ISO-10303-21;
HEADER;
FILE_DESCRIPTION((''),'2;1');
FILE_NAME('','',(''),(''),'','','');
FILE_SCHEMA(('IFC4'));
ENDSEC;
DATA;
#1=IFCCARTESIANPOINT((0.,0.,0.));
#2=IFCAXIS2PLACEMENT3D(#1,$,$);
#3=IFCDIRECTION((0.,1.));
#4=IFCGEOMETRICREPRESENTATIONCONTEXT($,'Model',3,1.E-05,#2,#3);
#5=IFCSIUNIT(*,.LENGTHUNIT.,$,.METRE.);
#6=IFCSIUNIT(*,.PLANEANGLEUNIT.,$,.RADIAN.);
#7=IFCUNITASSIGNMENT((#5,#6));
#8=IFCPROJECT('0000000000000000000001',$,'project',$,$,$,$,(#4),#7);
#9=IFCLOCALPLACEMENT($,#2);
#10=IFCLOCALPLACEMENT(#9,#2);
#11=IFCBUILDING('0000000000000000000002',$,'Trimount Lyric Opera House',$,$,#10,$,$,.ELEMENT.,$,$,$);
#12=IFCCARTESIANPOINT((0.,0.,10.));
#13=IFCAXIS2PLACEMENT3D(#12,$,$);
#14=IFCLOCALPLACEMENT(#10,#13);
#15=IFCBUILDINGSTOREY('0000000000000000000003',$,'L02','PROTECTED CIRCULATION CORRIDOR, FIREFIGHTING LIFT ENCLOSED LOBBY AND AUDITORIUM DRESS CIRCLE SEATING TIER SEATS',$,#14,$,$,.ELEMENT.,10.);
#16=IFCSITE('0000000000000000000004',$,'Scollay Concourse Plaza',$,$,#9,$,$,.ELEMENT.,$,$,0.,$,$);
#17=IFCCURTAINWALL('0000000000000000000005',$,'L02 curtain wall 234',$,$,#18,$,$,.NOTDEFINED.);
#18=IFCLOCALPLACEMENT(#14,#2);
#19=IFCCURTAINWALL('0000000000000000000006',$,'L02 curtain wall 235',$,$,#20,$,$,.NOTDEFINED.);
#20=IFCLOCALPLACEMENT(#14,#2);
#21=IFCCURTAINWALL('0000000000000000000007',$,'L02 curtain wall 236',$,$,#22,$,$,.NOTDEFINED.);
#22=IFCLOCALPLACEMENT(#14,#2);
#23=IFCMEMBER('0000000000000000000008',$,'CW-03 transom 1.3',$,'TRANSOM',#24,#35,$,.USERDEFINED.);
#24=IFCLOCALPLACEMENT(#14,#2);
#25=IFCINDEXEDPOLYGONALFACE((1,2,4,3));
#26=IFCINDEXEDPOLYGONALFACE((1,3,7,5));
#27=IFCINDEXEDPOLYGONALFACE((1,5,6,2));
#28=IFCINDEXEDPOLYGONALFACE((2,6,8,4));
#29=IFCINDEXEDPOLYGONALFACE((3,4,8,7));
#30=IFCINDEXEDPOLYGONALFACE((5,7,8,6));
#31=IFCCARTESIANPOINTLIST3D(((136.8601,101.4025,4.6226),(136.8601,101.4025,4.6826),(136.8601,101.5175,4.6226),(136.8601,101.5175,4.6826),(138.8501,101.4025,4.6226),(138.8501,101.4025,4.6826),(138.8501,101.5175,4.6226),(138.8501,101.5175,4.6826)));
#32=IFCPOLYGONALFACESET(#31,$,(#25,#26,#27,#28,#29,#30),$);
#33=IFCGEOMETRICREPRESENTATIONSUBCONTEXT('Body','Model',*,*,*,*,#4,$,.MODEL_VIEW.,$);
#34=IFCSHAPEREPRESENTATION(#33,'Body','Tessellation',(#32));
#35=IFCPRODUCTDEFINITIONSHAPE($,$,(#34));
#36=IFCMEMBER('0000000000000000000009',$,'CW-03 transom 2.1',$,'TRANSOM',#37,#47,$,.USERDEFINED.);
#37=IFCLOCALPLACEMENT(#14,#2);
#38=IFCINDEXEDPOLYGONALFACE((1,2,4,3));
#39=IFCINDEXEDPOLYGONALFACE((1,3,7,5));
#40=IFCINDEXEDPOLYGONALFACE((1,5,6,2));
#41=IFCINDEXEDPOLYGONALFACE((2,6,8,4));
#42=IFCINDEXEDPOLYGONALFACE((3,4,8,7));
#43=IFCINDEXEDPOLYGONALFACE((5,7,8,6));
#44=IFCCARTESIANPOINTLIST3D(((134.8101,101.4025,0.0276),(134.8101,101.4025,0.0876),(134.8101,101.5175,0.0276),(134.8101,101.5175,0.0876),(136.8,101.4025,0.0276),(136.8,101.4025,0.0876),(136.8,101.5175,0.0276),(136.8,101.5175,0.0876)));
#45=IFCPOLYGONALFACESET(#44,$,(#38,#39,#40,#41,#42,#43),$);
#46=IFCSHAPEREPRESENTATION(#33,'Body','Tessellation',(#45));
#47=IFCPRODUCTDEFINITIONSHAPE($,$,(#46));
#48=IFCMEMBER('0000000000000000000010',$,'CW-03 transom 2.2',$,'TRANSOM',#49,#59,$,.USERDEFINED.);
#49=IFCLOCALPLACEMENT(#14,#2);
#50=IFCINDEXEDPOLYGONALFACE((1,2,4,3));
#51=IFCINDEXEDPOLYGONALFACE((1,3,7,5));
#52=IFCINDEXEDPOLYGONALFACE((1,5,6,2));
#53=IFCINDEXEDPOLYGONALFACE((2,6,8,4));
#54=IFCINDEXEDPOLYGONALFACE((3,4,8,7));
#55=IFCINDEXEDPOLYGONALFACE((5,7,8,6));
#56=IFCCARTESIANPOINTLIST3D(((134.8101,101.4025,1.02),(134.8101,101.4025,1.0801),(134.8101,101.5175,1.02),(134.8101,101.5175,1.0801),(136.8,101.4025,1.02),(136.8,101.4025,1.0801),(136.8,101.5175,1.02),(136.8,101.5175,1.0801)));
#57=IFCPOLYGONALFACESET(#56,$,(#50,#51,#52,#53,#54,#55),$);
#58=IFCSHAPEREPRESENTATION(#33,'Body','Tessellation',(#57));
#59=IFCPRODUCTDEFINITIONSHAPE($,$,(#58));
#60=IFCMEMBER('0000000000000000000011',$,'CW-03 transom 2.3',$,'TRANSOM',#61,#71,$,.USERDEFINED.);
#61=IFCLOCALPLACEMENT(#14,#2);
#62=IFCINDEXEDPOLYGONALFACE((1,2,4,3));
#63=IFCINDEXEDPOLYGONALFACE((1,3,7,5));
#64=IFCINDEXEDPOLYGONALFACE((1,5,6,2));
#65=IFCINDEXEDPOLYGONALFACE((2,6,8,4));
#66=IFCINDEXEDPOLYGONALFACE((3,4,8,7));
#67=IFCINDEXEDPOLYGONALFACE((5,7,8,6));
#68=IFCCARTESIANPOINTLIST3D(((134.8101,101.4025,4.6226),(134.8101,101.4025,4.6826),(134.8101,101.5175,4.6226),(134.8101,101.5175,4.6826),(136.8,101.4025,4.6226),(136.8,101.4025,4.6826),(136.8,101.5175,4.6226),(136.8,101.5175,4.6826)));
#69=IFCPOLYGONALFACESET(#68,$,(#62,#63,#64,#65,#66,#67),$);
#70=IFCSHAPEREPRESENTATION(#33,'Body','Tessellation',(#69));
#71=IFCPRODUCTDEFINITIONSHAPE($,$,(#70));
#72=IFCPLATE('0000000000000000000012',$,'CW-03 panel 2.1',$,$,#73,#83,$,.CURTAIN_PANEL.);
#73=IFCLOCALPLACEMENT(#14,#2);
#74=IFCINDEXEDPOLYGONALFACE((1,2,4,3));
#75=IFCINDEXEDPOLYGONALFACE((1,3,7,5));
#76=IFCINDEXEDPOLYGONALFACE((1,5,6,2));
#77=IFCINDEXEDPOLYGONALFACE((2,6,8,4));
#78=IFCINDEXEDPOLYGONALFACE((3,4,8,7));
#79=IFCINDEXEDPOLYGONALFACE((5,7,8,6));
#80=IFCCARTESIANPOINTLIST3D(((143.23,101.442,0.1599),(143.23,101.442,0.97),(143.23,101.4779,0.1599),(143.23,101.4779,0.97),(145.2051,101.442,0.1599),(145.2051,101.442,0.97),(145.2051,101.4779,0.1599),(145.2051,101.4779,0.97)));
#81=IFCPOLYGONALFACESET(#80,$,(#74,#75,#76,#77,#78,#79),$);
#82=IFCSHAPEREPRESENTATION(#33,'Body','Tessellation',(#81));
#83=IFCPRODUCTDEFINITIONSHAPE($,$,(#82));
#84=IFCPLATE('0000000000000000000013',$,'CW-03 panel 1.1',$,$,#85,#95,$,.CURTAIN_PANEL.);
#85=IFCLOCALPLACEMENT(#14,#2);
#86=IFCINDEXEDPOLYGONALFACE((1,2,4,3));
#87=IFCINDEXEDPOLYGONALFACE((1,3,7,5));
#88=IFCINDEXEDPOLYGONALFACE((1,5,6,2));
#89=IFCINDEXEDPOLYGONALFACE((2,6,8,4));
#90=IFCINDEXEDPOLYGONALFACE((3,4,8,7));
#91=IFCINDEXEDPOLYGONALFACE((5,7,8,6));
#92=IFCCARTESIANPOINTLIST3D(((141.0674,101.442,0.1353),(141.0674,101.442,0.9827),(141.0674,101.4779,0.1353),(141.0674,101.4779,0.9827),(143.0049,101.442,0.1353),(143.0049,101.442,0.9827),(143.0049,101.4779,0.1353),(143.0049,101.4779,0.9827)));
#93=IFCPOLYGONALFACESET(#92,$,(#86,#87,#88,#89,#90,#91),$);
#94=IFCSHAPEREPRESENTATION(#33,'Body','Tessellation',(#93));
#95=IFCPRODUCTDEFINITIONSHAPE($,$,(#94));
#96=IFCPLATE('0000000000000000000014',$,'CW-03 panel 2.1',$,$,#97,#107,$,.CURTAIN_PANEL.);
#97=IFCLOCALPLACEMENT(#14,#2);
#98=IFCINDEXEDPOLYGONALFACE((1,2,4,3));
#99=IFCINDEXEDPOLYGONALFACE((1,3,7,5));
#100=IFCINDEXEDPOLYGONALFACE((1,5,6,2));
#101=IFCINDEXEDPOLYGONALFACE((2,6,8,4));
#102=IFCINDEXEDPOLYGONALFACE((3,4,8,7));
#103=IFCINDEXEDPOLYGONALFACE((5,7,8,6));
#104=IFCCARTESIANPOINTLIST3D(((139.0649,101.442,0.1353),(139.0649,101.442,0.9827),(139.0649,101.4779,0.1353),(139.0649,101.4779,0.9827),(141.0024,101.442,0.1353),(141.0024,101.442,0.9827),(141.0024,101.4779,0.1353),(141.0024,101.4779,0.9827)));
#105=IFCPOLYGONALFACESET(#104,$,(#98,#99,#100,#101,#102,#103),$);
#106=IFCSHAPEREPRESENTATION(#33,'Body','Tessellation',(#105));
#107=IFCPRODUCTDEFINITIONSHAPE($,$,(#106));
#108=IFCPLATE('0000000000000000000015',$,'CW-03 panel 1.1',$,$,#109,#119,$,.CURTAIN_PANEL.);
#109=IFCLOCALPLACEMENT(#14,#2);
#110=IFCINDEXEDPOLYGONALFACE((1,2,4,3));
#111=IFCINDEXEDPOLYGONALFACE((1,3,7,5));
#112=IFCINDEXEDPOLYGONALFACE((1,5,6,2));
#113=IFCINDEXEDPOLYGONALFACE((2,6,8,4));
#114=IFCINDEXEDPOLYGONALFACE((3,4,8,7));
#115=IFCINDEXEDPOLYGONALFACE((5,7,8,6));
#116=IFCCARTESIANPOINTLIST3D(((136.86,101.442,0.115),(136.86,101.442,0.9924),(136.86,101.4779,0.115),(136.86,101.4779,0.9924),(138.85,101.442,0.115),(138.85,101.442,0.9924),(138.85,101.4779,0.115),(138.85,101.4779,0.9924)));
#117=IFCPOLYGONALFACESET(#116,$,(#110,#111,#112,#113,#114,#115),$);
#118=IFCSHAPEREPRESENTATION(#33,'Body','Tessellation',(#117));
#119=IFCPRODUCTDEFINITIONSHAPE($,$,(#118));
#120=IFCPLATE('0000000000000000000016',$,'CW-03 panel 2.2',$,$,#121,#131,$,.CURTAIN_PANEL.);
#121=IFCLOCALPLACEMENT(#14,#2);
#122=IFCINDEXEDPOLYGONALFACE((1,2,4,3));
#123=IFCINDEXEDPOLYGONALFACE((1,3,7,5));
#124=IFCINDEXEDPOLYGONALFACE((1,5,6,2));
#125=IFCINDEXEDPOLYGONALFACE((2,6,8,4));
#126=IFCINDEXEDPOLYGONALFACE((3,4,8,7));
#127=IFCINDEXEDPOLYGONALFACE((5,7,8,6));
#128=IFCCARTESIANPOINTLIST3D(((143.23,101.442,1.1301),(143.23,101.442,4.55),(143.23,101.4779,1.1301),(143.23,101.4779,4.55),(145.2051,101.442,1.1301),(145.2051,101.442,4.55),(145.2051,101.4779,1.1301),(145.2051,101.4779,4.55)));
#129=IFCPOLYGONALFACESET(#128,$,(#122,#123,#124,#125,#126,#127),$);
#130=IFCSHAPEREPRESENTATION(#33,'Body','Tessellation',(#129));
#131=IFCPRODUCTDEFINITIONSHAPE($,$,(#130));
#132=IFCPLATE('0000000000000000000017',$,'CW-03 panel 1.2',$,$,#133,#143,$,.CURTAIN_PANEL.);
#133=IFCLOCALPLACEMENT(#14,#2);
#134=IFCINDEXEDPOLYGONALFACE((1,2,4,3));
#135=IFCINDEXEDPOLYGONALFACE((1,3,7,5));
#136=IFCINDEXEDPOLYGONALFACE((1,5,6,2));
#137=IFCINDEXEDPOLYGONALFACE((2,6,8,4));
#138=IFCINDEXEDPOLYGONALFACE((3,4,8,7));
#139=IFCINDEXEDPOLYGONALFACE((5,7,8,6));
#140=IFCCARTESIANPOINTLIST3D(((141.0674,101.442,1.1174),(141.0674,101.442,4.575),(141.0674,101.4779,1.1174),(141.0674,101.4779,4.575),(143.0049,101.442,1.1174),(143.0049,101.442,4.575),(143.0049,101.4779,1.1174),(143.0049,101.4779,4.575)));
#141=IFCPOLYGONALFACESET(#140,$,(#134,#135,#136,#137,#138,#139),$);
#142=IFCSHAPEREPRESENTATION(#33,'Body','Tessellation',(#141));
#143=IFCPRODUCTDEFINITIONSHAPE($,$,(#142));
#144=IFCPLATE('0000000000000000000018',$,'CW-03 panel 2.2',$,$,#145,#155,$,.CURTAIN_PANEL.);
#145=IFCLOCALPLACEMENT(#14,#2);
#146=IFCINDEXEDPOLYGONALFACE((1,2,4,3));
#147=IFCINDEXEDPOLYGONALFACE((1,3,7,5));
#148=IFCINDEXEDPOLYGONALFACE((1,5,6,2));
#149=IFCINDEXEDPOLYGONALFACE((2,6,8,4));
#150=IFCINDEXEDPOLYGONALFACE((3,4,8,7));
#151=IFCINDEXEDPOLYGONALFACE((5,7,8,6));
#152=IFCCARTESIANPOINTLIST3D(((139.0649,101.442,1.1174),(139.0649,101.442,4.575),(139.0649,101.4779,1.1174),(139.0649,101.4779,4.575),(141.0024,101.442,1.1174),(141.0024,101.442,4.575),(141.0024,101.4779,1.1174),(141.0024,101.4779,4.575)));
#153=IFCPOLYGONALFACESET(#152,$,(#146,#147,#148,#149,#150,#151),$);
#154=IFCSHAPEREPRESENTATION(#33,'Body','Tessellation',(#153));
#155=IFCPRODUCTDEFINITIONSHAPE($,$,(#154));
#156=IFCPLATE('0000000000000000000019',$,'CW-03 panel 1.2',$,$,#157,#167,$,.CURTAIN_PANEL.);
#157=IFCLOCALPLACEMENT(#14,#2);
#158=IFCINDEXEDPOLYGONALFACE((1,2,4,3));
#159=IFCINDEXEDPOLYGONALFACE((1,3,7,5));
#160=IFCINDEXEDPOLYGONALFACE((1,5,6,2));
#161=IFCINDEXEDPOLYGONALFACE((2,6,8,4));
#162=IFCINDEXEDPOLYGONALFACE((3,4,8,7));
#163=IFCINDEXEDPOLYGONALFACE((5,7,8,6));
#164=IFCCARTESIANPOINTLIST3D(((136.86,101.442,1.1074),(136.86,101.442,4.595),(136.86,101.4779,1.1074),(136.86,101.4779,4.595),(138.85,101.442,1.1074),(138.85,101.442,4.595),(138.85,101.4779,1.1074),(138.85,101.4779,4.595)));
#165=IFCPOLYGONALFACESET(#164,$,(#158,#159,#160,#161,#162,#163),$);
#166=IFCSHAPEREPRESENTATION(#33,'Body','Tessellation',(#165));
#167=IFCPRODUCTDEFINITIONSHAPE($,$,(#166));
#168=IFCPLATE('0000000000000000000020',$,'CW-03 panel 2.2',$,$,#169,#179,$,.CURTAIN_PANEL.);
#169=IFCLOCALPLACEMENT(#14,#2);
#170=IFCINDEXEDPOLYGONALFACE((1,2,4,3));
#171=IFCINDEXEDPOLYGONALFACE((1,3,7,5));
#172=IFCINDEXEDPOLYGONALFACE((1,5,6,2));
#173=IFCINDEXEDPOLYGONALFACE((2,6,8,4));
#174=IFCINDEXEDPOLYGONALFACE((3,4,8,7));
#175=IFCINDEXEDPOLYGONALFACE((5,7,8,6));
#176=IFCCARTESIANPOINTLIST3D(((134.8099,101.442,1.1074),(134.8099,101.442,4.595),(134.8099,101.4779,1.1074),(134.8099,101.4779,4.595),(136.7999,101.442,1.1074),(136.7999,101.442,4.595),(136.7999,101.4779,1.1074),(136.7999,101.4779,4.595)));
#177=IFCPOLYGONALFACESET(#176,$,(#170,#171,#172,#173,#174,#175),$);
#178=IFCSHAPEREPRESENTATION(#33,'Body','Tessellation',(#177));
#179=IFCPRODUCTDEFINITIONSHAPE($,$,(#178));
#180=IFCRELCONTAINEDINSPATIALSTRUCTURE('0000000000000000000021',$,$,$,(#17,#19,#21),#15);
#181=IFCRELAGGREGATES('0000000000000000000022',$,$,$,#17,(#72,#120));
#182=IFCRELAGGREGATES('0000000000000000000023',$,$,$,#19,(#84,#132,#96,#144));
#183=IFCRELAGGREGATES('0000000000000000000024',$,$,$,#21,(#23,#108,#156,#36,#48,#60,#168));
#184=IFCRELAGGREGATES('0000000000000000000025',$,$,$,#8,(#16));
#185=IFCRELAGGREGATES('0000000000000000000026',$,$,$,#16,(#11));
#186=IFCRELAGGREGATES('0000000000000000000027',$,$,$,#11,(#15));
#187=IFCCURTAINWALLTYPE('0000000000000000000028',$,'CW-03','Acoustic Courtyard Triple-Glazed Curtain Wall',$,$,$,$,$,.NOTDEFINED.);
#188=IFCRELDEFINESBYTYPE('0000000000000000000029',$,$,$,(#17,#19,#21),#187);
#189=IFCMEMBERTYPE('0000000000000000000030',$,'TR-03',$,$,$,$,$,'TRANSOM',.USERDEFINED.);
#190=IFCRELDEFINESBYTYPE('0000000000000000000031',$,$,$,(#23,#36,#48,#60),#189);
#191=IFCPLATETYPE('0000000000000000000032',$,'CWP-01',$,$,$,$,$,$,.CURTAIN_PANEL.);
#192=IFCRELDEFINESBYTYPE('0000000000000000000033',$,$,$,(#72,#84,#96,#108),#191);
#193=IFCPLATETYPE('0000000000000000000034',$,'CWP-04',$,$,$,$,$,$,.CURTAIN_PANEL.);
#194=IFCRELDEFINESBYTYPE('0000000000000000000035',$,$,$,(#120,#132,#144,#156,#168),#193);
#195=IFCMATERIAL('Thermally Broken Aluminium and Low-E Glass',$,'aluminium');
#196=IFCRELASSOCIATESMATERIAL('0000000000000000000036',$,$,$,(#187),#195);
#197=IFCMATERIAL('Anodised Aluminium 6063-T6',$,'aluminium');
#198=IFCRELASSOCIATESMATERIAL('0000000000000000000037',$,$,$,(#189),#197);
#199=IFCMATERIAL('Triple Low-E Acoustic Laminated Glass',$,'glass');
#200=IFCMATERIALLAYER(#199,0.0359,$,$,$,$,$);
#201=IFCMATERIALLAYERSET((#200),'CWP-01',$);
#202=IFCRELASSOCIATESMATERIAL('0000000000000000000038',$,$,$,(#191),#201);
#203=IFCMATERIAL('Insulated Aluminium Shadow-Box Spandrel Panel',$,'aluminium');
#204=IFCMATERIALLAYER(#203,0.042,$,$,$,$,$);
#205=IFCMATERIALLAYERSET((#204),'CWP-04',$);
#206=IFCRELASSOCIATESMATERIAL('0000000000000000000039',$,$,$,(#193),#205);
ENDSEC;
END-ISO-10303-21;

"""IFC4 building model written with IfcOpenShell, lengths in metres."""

from ifc_helpers import new_model, si_unit, direction, frame, origin, origin_2d, place, context, subcontext, project, spatial, rectangle, extrude, material, layer, layer_set, material_profile, profile_set, type_object, element, aggregate, save


model = new_model("IFC4")

# Units and contexts
model_context = context("Model", 3, precision=1e-05, world=origin(), true_north=direction((0.0, 1.0)))
body_context = subcontext(model_context, "Body", "Model", "MODEL_VIEW")
ifc_project = project(units=[si_unit("LENGTHUNIT", "METRE"), si_unit("PLANEANGLEUNIT", "RADIAN")], contexts=[model_context])

# Site, building, storey
site_placement = place(None, origin())
site = spatial("IfcSite", under=ifc_project, at=site_placement, Name="Scollay Concourse Plaza", CompositionType="ELEMENT", RefElevation=0.0)
building_placement = place(site_placement, origin())
building = spatial("IfcBuilding", under=site, at=building_placement, Name="Trimount Lyric Opera House", CompositionType="ELEMENT")
storey_placement = place(building_placement, frame((0.0, 0.0, 10.0)))
storey = spatial("IfcBuildingStorey", under=building, at=storey_placement, Name="L02", Description="PROTECTED CIRCULATION CORRIDOR, FIREFIGHTING LIFT ENCLOSED LOBBY AND AUDITORIUM DRESS CIRCLE SEATING TIER SEATS", CompositionType="ELEMENT", Elevation=10.0)

# Curtain wall
ifc_material_1 = material(Name="Thermally Broken Aluminium and Low-E Glass", Category="aluminium")
curtain_wall_type = type_object("IfcCurtainWallType", Name="CW-03", Description="Acoustic Courtyard Triple-Glazed Curtain Wall", PredefinedType="NOTDEFINED", material=ifc_material_1)
curtain_wall_1_placement = place(storey_placement, origin())
curtain_wall_1 = element("IfcCurtainWall", 1, at=curtain_wall_1_placement, inside=storey, type_object=curtain_wall_type, Name="L02 curtain wall 234", PredefinedType="NOTDEFINED")

# Curtain walls
curtain_wall_2_placement = place(storey_placement, origin())
curtain_wall_2 = element("IfcCurtainWall", 2, at=curtain_wall_2_placement, inside=storey, type_object=curtain_wall_type, Name="L02 curtain wall 235", PredefinedType="NOTDEFINED")
curtain_wall_3_placement = place(storey_placement, origin())
curtain_wall_3 = element("IfcCurtainWall", 3, at=curtain_wall_3_placement, inside=storey, type_object=curtain_wall_type, Name="L02 curtain wall 236", PredefinedType="NOTDEFINED")

# Members
ifc_material_2 = material(Name="Anodised Aluminium 6063-T6", Category="aluminium")
ifc_material_profile_1 = material_profile(ifc_material_2, rectangle(XDim=0.115, YDim=0.0601, at=origin_2d()), Name="ALU-TRAN-60X115")
ifc_profile_set_1 = profile_set([ifc_material_profile_1], Name="Anodised Aluminium 6063-T6")
member_type_1 = type_object("IfcMemberType", Name="TR-03", ElementType="TRANSOM", PredefinedType="USERDEFINED", material=ifc_profile_set_1)
member_1_placement = place(storey_placement, frame((138.8501, 101.46, 4.6526), z_axis=(-1.0, 0.0, 0.0), x_axis=(0.0, -1.0, 0.0)))
member_1 = element("IfcMember", 4, at=member_1_placement, type_object=member_type_1, Name="CW-03 transom 1.3", ObjectType="TRANSOM", PredefinedType="USERDEFINED", context=body_context, shape_type="SweptSolid", body=[
    extrude(rectangle(XDim=0.115, YDim=0.0601, at=origin_2d()), origin(), (0.0, 0.0, 1.0), 1.99),
])
member_2_placement = place(storey_placement, frame((136.8, 101.46, 0.0576), z_axis=(-1.0, 0.0, 0.0), x_axis=(0.0, -1.0, 0.0)))
member_2 = element("IfcMember", 5, at=member_2_placement, type_object=member_type_1, Name="CW-03 transom 2.1", ObjectType="TRANSOM", PredefinedType="USERDEFINED", context=body_context, shape_type="SweptSolid", body=[
    extrude(rectangle(XDim=0.115, YDim=0.0601, at=origin_2d()), origin(), (0.0, 0.0, 1.0), 1.99),
])
member_3_placement = place(storey_placement, frame((136.8, 101.46, 1.05), z_axis=(-1.0, 0.0, 0.0), x_axis=(0.0, -1.0, 0.0)))
member_3 = element("IfcMember", 6, at=member_3_placement, type_object=member_type_1, Name="CW-03 transom 2.2", ObjectType="TRANSOM", PredefinedType="USERDEFINED", context=body_context, shape_type="SweptSolid", body=[
    extrude(rectangle(XDim=0.115, YDim=0.0601, at=origin_2d()), origin(), (0.0, 0.0, 1.0), 1.99),
])
member_4_placement = place(storey_placement, frame((136.8, 101.46, 4.6526), z_axis=(-1.0, 0.0, 0.0), x_axis=(0.0, -1.0, 0.0)))
member_4 = element("IfcMember", 7, at=member_4_placement, type_object=member_type_1, Name="CW-03 transom 2.3", ObjectType="TRANSOM", PredefinedType="USERDEFINED", context=body_context, shape_type="SweptSolid", body=[
    extrude(rectangle(XDim=0.115, YDim=0.0601, at=origin_2d()), origin(), (0.0, 0.0, 1.0), 1.99),
])

# Plates
ifc_material_3 = material(Name="Triple Low-E Acoustic Laminated Glass", Category="glass")
ifc_layer_1 = layer(ifc_material_3, 0.0359)
ifc_layer_set_1 = layer_set([ifc_layer_1], Name="CWP-01")
plate_type_1 = type_object("IfcPlateType", Name="CWP-01", PredefinedType="CURTAIN_PANEL", material=ifc_layer_set_1)
plate_1_placement = place(storey_placement, frame((144.2175, 101.46, 0.1599), z_axis=(0.0, 0.0, 1.0), x_axis=(-1.0, 0.0, 0.0)))
plate_1 = element("IfcPlate", 8, at=plate_1_placement, type_object=plate_type_1, Name="CW-03 panel 2.1", PredefinedType="CURTAIN_PANEL", context=body_context, shape_type="SweptSolid", body=[
    extrude(rectangle(XDim=1.9751, YDim=0.0359, at=origin_2d()), origin(), (0.0, 0.0, 1.0), 0.8101),
])
plate_2_placement = place(storey_placement, frame((142.0361, 101.46, 0.1353), z_axis=(0.0, 0.0, 1.0), x_axis=(-1.0, 0.0, 0.0)))
plate_2 = element("IfcPlate", 9, at=plate_2_placement, type_object=plate_type_1, Name="CW-03 panel 1.1", PredefinedType="CURTAIN_PANEL", context=body_context, shape_type="SweptSolid", body=[
    extrude(rectangle(XDim=1.9375, YDim=0.0359, at=origin_2d()), origin(), (0.0, 0.0, 1.0), 0.8474),
])
plate_3_placement = place(storey_placement, frame((140.0337, 101.46, 0.1353), z_axis=(0.0, 0.0, 1.0), x_axis=(-1.0, 0.0, 0.0)))
plate_3 = element("IfcPlate", 10, at=plate_3_placement, type_object=plate_type_1, Name="CW-03 panel 2.1", PredefinedType="CURTAIN_PANEL", context=body_context, shape_type="SweptSolid", body=[
    extrude(rectangle(XDim=1.9375, YDim=0.0359, at=origin_2d()), origin(), (0.0, 0.0, 1.0), 0.8474),
])
plate_4_placement = place(storey_placement, frame((137.855, 101.46, 0.115), z_axis=(0.0, 0.0, 1.0), x_axis=(-1.0, 0.0, 0.0)))
plate_4 = element("IfcPlate", 11, at=plate_4_placement, type_object=plate_type_1, Name="CW-03 panel 1.1", PredefinedType="CURTAIN_PANEL", context=body_context, shape_type="SweptSolid", body=[
    extrude(rectangle(XDim=1.99, YDim=0.0359, at=origin_2d()), origin(), (0.0, 0.0, 1.0), 0.8774),
])
ifc_material_4 = material(Name="Insulated Aluminium Shadow-Box Spandrel Panel", Category="aluminium")
ifc_layer_2 = layer(ifc_material_4, 0.042)
ifc_layer_set_2 = layer_set([ifc_layer_2], Name="CWP-04")
plate_type_2 = type_object("IfcPlateType", Name="CWP-04", PredefinedType="CURTAIN_PANEL", material=ifc_layer_set_2)
plate_5_placement = place(storey_placement, frame((144.2175, 101.46, 1.1301), z_axis=(0.0, 0.0, 1.0), x_axis=(-1.0, 0.0, 0.0)))
plate_5 = element("IfcPlate", 12, at=plate_5_placement, type_object=plate_type_2, Name="CW-03 panel 2.2", PredefinedType="CURTAIN_PANEL", context=body_context, shape_type="SweptSolid", body=[
    extrude(rectangle(XDim=1.9751, YDim=0.0359, at=origin_2d()), origin(), (0.0, 0.0, 1.0), 3.4199),
])
aggregate(curtain_wall_1, [plate_1, plate_5])
plate_6_placement = place(storey_placement, frame((142.0361, 101.46, 1.1174), z_axis=(0.0, 0.0, 1.0), x_axis=(-1.0, 0.0, 0.0)))
plate_6 = element("IfcPlate", 13, at=plate_6_placement, type_object=plate_type_2, Name="CW-03 panel 1.2", PredefinedType="CURTAIN_PANEL", context=body_context, shape_type="SweptSolid", body=[
    extrude(rectangle(XDim=1.9375, YDim=0.0359, at=origin_2d()), origin(), (0.0, 0.0, 1.0), 3.4575),
])
plate_7_placement = place(storey_placement, frame((140.0337, 101.46, 1.1174), z_axis=(0.0, 0.0, 1.0), x_axis=(-1.0, 0.0, 0.0)))
plate_7 = element("IfcPlate", 14, at=plate_7_placement, type_object=plate_type_2, Name="CW-03 panel 2.2", PredefinedType="CURTAIN_PANEL", context=body_context, shape_type="SweptSolid", body=[
    extrude(rectangle(XDim=1.9375, YDim=0.0359, at=origin_2d()), origin(), (0.0, 0.0, 1.0), 3.4575),
])
aggregate(curtain_wall_2, [plate_2, plate_6, plate_3, plate_7])
plate_8_placement = place(storey_placement, frame((137.855, 101.46, 1.1074), z_axis=(0.0, 0.0, 1.0), x_axis=(-1.0, 0.0, 0.0)))
plate_8 = element("IfcPlate", 15, at=plate_8_placement, type_object=plate_type_2, Name="CW-03 panel 1.2", PredefinedType="CURTAIN_PANEL", context=body_context, shape_type="SweptSolid", body=[
    extrude(rectangle(XDim=1.99, YDim=0.0359, at=origin_2d()), origin(), (0.0, 0.0, 1.0), 3.4875),
])
plate_9_placement = place(storey_placement, frame((135.8049, 101.46, 1.1074), z_axis=(0.0, 0.0, 1.0), x_axis=(-1.0, 0.0, 0.0)))
plate_9 = element("IfcPlate", 16, at=plate_9_placement, type_object=plate_type_2, Name="CW-03 panel 2.2", PredefinedType="CURTAIN_PANEL", context=body_context, shape_type="SweptSolid", body=[
    extrude(rectangle(XDim=1.99, YDim=0.0359, at=origin_2d()), origin(), (0.0, 0.0, 1.0), 3.4875),
])
aggregate(curtain_wall_3, [member_1, plate_4, plate_8, member_2, member_3, member_4, plate_9])

save(model, "model.ifc")
